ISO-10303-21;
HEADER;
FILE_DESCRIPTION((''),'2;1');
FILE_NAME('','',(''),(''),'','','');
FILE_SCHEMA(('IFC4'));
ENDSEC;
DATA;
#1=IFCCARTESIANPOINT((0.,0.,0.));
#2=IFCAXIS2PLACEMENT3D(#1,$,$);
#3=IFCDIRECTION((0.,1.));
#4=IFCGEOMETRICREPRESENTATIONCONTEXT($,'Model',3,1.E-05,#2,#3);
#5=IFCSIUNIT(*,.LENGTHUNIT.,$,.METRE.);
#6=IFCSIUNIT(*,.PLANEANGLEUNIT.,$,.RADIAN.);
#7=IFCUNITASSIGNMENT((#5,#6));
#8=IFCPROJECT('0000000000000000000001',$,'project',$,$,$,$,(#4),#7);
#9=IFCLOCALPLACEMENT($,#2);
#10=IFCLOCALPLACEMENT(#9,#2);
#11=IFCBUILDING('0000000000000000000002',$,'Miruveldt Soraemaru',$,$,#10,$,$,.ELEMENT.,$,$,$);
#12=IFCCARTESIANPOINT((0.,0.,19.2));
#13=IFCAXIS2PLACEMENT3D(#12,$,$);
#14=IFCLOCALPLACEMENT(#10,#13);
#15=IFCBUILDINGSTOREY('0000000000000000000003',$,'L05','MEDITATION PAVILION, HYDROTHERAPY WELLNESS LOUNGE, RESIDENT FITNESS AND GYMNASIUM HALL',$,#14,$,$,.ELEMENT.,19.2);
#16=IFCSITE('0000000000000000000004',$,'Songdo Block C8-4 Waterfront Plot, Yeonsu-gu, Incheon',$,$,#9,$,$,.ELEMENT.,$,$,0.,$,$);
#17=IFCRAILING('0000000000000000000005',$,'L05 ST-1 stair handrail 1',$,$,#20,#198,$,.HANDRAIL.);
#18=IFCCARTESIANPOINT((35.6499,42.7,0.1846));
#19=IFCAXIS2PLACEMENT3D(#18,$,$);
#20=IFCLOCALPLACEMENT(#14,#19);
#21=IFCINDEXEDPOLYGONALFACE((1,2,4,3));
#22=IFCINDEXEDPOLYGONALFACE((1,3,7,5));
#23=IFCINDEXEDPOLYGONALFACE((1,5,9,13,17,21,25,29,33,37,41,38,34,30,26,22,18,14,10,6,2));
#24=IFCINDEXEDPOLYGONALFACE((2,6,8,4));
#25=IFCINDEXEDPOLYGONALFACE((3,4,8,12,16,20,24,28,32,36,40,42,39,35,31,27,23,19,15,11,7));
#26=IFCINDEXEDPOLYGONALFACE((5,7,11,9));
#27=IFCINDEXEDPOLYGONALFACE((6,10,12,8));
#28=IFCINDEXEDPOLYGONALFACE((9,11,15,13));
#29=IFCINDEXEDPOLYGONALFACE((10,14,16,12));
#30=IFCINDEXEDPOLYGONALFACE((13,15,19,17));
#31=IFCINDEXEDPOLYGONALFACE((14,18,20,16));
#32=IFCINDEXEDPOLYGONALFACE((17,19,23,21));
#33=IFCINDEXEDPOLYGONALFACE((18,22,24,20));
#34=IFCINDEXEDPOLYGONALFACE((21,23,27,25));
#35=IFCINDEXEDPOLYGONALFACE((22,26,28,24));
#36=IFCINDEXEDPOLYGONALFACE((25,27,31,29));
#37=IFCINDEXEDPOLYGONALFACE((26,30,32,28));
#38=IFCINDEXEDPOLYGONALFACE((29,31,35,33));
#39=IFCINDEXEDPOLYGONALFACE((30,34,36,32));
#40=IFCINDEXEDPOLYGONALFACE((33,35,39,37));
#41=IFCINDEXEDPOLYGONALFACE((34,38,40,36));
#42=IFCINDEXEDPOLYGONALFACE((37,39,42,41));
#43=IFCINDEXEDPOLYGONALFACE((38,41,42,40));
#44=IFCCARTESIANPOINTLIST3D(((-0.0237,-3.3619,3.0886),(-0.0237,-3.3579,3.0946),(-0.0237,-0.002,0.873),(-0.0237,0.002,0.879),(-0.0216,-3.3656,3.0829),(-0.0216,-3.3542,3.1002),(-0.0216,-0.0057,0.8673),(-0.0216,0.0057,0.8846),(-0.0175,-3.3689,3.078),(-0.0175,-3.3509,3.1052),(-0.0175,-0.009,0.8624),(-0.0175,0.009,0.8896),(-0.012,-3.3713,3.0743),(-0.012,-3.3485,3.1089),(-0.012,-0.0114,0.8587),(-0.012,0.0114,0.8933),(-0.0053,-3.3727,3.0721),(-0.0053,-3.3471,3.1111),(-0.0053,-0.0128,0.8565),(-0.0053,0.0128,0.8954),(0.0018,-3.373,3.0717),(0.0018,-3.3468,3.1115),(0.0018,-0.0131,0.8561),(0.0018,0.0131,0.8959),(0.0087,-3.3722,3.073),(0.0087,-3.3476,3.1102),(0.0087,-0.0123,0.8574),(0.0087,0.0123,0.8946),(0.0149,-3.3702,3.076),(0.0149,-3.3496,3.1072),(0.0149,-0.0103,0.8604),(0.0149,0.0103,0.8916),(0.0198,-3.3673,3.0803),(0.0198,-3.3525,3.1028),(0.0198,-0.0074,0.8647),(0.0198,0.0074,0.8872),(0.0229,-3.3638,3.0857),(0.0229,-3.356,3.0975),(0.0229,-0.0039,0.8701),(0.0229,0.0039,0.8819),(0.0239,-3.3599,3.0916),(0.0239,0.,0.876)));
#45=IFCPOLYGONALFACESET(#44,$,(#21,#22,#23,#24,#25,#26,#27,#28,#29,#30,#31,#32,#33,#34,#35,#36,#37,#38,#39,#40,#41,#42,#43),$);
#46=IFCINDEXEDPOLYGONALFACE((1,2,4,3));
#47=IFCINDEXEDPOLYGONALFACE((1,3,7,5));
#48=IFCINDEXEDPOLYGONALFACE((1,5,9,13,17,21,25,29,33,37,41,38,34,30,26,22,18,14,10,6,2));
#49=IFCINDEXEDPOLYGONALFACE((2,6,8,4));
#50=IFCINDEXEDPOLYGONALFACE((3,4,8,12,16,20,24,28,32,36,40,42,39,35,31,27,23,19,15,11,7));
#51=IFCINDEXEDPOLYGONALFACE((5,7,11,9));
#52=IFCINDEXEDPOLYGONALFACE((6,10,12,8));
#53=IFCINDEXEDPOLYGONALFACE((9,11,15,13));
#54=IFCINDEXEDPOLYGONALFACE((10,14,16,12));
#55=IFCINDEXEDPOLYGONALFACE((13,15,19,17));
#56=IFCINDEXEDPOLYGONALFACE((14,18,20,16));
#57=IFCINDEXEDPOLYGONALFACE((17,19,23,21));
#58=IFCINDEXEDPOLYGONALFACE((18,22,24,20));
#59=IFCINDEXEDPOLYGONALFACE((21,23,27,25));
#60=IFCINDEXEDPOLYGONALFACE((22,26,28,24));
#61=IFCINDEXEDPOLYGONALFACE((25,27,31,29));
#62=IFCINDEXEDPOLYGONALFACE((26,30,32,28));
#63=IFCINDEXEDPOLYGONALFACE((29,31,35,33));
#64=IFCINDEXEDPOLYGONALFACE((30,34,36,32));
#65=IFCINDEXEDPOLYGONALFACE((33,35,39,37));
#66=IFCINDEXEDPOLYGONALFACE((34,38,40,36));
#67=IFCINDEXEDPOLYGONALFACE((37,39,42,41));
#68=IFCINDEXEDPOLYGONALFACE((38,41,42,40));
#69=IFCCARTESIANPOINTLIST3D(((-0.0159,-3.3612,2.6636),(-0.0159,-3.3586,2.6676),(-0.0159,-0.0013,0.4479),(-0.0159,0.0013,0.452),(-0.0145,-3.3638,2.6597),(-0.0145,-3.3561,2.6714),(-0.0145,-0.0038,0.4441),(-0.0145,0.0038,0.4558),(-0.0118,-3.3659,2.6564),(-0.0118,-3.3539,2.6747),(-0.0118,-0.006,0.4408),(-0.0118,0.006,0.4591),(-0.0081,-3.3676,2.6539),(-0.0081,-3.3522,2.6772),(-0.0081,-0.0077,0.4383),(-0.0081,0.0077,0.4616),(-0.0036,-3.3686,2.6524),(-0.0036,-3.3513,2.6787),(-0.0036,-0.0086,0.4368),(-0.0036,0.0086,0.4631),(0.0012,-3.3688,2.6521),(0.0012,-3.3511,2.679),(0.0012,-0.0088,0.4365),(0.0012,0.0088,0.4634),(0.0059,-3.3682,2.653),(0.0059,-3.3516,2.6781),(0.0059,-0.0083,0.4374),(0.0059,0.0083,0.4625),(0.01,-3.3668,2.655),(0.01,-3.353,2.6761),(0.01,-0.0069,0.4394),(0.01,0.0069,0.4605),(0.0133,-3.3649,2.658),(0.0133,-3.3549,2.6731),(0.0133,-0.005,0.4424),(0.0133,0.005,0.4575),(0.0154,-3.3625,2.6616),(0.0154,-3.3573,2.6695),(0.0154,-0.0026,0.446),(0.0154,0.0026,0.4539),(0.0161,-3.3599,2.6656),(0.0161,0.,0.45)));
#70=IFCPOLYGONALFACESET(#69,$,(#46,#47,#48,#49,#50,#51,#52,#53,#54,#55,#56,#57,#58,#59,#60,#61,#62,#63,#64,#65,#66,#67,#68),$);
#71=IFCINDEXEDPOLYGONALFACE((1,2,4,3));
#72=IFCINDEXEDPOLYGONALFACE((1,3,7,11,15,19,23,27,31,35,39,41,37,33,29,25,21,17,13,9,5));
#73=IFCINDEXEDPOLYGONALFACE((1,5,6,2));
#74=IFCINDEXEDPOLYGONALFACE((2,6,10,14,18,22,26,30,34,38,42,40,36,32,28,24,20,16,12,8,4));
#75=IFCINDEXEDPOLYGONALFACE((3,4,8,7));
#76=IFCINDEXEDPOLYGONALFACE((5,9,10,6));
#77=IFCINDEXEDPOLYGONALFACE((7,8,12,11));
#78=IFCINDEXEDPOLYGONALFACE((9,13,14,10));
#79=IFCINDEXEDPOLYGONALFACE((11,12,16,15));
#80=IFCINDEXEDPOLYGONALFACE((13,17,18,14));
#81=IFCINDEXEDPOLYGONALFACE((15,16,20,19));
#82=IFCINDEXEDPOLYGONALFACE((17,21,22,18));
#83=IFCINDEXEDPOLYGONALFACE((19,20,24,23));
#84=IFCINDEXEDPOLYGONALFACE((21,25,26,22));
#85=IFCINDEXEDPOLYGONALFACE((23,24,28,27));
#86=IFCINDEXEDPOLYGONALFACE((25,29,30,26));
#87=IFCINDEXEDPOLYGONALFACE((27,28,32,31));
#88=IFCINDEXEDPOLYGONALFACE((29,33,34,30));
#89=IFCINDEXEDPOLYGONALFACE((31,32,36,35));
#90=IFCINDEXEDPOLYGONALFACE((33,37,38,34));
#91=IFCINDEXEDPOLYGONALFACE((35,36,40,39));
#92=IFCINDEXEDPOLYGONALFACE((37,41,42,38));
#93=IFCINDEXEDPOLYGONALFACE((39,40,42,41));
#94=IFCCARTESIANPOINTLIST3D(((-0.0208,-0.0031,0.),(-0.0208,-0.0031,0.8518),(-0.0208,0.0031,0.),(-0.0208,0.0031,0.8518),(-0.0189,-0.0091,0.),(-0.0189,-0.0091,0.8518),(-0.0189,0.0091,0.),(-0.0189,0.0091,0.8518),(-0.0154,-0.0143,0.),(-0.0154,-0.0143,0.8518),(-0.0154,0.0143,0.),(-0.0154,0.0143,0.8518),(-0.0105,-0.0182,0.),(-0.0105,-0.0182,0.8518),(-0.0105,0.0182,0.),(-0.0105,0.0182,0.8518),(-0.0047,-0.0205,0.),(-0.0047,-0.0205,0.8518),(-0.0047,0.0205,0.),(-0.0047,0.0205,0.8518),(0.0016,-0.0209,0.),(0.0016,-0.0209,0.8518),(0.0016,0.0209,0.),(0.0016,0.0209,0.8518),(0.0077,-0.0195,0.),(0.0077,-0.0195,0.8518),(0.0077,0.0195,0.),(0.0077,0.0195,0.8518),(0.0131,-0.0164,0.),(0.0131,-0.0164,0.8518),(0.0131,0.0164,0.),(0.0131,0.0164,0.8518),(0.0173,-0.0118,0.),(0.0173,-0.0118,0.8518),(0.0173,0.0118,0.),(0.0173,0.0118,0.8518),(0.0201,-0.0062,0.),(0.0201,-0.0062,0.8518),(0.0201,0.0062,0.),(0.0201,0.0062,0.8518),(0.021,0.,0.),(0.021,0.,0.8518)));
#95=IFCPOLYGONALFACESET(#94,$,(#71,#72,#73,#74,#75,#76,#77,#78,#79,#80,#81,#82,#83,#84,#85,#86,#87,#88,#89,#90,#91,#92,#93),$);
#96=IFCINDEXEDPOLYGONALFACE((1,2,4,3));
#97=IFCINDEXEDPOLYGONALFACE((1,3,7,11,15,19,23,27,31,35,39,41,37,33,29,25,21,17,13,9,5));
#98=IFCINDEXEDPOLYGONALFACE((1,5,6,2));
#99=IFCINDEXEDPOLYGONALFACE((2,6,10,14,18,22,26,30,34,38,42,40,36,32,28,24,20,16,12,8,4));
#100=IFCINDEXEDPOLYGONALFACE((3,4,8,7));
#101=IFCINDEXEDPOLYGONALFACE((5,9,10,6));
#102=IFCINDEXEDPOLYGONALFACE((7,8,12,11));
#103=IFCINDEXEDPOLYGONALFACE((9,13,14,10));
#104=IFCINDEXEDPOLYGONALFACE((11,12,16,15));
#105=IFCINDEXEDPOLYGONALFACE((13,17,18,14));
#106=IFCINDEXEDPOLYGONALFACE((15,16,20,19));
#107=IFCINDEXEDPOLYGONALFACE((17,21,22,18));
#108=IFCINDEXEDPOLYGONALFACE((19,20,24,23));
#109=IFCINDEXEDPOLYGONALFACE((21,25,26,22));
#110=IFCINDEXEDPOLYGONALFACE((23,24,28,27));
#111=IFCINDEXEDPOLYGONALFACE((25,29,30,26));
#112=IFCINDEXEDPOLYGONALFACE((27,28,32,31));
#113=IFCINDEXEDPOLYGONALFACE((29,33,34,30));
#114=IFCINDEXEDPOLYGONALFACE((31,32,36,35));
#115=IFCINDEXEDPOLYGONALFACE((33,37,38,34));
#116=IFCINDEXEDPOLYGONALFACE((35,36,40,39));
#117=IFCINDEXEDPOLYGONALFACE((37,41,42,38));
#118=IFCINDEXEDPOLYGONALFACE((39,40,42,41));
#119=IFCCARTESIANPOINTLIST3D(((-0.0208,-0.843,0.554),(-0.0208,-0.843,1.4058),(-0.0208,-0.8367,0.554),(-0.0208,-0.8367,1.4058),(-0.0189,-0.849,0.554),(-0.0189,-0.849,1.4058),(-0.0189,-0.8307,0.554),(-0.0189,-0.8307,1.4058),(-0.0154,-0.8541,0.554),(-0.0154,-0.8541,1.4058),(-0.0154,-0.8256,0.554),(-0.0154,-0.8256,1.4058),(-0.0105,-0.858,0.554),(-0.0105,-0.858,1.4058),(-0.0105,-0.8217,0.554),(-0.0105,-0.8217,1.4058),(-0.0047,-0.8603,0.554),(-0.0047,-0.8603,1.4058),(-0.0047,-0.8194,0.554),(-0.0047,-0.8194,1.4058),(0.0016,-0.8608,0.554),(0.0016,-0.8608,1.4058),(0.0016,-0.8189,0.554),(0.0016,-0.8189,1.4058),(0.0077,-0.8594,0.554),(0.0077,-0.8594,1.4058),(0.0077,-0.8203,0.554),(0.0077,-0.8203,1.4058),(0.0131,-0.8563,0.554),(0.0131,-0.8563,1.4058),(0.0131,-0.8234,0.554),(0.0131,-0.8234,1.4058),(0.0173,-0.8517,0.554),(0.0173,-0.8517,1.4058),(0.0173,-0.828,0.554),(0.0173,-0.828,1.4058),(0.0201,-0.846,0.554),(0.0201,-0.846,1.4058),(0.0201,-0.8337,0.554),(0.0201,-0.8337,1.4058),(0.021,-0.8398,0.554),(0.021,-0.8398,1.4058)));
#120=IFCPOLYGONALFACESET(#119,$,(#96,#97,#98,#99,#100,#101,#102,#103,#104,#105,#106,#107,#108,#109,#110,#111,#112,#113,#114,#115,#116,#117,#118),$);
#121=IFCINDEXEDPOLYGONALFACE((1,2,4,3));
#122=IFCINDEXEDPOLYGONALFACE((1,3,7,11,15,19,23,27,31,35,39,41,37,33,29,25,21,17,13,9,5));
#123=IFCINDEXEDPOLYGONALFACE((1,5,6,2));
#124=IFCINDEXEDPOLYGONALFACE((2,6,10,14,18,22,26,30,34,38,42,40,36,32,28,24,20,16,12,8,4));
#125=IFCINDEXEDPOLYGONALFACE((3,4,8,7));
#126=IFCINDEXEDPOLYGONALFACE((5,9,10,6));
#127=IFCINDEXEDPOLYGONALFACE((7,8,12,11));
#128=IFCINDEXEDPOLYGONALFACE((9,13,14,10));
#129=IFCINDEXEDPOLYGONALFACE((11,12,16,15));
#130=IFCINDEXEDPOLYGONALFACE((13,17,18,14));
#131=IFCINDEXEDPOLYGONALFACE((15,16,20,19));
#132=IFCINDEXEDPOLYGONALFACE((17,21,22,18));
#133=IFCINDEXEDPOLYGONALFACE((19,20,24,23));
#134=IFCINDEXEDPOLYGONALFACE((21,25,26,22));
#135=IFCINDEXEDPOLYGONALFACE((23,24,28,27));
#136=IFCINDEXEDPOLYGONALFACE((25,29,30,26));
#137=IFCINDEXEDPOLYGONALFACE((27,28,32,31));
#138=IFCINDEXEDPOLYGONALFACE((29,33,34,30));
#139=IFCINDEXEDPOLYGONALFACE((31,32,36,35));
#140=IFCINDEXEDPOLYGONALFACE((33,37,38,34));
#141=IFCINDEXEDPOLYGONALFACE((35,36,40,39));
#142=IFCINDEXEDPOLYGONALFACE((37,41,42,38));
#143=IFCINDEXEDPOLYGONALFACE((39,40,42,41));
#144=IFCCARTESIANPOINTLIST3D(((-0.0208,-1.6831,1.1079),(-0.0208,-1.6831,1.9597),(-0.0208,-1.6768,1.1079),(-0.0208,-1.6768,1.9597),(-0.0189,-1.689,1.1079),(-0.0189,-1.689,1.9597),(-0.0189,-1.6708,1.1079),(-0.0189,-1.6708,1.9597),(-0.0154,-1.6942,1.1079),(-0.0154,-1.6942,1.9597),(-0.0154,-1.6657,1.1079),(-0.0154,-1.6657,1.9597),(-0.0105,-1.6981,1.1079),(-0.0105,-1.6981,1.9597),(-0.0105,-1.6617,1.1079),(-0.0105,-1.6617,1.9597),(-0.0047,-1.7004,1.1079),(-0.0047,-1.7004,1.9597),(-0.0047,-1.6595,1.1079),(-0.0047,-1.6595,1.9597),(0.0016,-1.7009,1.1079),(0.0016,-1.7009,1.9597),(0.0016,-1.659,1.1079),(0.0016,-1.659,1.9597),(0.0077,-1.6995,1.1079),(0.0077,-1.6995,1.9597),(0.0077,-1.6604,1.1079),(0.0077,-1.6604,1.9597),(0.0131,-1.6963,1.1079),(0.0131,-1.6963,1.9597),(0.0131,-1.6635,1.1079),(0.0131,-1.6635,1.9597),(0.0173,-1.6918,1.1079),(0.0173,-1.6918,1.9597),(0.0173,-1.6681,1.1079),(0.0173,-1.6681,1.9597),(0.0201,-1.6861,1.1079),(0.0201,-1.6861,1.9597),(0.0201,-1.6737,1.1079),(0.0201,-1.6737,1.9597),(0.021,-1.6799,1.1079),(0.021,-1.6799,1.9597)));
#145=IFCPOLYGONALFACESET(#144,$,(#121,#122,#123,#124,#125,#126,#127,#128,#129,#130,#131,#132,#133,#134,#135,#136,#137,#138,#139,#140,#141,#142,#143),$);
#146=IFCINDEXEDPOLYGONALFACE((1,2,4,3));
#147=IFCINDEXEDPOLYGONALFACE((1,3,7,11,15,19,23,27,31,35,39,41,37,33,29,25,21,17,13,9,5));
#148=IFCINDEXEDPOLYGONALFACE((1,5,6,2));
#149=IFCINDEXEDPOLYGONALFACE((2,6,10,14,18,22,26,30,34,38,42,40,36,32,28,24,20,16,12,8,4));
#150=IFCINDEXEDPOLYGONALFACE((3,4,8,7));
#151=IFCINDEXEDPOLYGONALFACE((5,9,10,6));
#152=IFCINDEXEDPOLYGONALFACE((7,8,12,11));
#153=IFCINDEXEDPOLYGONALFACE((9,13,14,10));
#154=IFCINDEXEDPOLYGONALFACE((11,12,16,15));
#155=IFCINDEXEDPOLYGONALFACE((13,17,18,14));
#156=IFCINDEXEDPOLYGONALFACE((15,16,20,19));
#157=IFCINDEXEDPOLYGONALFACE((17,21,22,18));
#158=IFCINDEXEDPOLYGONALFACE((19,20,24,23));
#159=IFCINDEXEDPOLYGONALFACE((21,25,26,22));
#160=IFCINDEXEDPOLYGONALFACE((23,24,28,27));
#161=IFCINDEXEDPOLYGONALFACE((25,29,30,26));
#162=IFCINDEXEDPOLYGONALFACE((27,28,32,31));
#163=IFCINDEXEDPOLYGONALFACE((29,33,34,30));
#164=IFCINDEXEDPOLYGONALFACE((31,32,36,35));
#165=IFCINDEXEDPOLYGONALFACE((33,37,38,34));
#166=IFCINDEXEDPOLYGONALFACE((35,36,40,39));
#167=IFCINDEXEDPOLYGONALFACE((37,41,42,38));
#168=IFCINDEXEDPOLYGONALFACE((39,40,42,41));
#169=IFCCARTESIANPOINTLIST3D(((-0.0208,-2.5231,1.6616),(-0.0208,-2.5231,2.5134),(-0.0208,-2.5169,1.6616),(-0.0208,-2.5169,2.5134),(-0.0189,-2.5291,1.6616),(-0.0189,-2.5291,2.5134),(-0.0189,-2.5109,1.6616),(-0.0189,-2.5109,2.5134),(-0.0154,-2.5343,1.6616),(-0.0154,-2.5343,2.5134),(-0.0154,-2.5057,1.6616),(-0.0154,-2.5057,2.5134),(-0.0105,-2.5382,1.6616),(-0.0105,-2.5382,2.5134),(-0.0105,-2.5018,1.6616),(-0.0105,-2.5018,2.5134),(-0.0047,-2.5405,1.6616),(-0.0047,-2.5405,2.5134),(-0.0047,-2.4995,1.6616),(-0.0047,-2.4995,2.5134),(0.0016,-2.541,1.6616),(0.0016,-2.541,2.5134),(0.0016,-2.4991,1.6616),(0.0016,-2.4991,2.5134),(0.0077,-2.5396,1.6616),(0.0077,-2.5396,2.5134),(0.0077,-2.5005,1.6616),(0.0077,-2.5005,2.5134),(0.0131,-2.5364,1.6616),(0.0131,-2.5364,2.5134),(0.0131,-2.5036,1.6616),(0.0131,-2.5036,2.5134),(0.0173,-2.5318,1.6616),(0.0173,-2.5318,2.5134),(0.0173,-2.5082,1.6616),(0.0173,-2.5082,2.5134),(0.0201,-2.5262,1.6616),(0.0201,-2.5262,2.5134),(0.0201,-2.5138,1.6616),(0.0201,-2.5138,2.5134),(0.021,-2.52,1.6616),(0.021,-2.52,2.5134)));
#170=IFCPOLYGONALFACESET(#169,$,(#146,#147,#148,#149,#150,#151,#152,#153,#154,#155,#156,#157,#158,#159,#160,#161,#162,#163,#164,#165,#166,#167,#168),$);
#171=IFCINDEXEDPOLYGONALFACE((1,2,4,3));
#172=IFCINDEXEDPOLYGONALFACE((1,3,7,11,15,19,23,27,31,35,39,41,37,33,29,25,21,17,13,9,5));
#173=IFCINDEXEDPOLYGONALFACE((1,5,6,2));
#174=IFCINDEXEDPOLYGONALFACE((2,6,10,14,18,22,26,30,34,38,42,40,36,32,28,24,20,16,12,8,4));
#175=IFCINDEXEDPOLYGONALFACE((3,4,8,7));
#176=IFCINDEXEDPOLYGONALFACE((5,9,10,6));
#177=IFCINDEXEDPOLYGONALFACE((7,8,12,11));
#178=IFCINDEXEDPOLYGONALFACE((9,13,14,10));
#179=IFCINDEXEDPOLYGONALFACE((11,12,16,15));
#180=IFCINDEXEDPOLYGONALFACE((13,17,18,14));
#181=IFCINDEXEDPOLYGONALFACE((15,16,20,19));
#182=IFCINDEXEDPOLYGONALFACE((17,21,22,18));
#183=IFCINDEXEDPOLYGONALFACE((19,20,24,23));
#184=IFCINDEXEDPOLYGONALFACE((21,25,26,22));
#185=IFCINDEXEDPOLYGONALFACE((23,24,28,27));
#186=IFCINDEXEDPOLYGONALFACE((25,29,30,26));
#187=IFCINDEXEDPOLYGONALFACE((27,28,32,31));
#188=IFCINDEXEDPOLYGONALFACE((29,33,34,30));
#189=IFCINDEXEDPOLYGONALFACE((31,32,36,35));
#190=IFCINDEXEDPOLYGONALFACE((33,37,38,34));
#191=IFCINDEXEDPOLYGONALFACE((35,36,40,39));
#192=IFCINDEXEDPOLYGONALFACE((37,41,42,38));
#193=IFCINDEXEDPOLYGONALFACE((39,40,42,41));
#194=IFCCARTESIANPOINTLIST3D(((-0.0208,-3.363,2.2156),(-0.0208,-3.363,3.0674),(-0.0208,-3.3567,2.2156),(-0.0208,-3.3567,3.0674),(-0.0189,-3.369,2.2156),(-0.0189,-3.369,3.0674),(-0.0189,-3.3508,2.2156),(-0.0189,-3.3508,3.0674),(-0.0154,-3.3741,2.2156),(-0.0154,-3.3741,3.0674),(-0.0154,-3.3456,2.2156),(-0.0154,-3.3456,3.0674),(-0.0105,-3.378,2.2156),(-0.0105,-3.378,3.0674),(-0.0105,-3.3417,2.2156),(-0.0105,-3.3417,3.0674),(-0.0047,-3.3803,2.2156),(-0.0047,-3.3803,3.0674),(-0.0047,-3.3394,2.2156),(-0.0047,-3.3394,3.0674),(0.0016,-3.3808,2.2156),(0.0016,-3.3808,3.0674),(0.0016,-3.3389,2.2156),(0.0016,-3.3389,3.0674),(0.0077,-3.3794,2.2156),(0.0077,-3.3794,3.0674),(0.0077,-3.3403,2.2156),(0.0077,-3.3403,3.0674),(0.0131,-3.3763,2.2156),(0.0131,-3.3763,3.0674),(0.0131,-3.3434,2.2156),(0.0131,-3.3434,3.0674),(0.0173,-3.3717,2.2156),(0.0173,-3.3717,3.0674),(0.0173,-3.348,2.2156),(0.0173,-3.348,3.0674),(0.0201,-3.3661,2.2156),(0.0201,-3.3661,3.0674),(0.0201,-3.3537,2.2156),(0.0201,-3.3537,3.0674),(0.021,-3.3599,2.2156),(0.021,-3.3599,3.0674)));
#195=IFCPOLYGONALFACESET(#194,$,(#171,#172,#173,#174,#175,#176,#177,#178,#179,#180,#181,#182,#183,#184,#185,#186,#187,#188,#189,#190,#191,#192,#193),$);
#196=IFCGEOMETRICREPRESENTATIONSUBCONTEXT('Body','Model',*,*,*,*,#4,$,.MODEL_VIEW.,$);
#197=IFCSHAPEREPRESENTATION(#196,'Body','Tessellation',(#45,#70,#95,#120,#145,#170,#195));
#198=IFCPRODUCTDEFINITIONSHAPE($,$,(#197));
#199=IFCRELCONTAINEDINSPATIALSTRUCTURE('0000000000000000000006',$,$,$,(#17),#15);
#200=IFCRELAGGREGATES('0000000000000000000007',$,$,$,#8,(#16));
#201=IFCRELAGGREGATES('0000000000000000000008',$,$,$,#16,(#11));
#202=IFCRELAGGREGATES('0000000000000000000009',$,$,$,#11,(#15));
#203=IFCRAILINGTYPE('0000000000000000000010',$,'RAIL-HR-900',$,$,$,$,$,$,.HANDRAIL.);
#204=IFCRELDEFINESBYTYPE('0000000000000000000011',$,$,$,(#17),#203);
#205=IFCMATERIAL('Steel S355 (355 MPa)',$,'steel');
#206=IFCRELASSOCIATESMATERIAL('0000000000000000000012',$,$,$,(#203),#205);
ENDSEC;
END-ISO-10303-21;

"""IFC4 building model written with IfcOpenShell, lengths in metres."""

from ifc_helpers import new_model, si_unit, direction, frame, origin, origin_2d, place, context, subcontext, project, spatial, circle, extrude, material, type_object, element, save


model = new_model("IFC4")

# Units and contexts
model_context = context("Model", 3, precision=1e-05, world=origin(), true_north=direction((0.0, 1.0)))
body_context = subcontext(model_context, "Body", "Model", "MODEL_VIEW")
ifc_project = project(units=[si_unit("LENGTHUNIT", "METRE"), si_unit("PLANEANGLEUNIT", "RADIAN")], contexts=[model_context])

# Site, building, storey
site_placement = place(None, origin())
site = spatial("IfcSite", under=ifc_project, at=site_placement, Name="Songdo Block C8-4 Waterfront Plot, Yeonsu-gu, Incheon", CompositionType="ELEMENT", RefElevation=0.0)
building_placement = place(site_placement, origin())
building = spatial("IfcBuilding", under=site, at=building_placement, Name="Miruveldt Soraemaru", CompositionType="ELEMENT")
storey_placement = place(building_placement, frame((0.0, 0.0, 19.2)))
storey = spatial("IfcBuildingStorey", under=building, at=storey_placement, Name="L05", Description="MEDITATION PAVILION, HYDROTHERAPY WELLNESS LOUNGE, RESIDENT FITNESS AND GYMNASIUM HALL", CompositionType="ELEMENT", Elevation=19.2)

# Railing
ifc_material_1 = material(Name="Steel S355 (355 MPa)", Category="steel")
railing_type_1 = type_object("IfcRailingType", Name="RAIL-HR-900", PredefinedType="HANDRAIL", material=ifc_material_1)
railing_1_placement = place(storey_placement, frame((35.6499, 42.7, 0.1846)))
element("IfcRailing", 1, at=railing_1_placement, inside=storey, type_object=railing_type_1, Name="L05 ST-1 stair handrail 1", PredefinedType="HANDRAIL", context=body_context, shape_type="SweptSolid", body=[
    extrude(circle(Radius=0.0239, at=origin_2d()), frame((0.0, 0.0, 0.876), z_axis=(0.0, -0.83483, 0.550508), x_axis=(1.0, 0.0, 0.0)), (0.0, 0.0, 1.0), 4.0247),
    extrude(circle(Radius=0.0161, at=origin_2d()), frame((0.0, 0.0, 0.45), z_axis=(0.0, -0.83483, 0.550508), x_axis=(1.0, 0.0, 0.0)), (0.0, 0.0, 1.0), 4.0247),
    extrude(circle(Radius=0.021, at=origin_2d()), origin(), (0.0, 0.0, 1.0), 0.8518),
    extrude(circle(Radius=0.021, at=origin_2d()), frame((0.0, -0.8398, 0.554)), (0.0, 0.0, 1.0), 0.8518),
    extrude(circle(Radius=0.021, at=origin_2d()), frame((0.0, -1.6799, 1.1079)), (0.0, 0.0, 1.0), 0.8518),
    extrude(circle(Radius=0.021, at=origin_2d()), frame((0.0, -2.52, 1.6616)), (0.0, 0.0, 1.0), 0.8518),
    extrude(circle(Radius=0.021, at=origin_2d()), frame((0.0, -3.3599, 2.2156)), (0.0, 0.0, 1.0), 0.8518),
])

save(model, "model.ifc")
